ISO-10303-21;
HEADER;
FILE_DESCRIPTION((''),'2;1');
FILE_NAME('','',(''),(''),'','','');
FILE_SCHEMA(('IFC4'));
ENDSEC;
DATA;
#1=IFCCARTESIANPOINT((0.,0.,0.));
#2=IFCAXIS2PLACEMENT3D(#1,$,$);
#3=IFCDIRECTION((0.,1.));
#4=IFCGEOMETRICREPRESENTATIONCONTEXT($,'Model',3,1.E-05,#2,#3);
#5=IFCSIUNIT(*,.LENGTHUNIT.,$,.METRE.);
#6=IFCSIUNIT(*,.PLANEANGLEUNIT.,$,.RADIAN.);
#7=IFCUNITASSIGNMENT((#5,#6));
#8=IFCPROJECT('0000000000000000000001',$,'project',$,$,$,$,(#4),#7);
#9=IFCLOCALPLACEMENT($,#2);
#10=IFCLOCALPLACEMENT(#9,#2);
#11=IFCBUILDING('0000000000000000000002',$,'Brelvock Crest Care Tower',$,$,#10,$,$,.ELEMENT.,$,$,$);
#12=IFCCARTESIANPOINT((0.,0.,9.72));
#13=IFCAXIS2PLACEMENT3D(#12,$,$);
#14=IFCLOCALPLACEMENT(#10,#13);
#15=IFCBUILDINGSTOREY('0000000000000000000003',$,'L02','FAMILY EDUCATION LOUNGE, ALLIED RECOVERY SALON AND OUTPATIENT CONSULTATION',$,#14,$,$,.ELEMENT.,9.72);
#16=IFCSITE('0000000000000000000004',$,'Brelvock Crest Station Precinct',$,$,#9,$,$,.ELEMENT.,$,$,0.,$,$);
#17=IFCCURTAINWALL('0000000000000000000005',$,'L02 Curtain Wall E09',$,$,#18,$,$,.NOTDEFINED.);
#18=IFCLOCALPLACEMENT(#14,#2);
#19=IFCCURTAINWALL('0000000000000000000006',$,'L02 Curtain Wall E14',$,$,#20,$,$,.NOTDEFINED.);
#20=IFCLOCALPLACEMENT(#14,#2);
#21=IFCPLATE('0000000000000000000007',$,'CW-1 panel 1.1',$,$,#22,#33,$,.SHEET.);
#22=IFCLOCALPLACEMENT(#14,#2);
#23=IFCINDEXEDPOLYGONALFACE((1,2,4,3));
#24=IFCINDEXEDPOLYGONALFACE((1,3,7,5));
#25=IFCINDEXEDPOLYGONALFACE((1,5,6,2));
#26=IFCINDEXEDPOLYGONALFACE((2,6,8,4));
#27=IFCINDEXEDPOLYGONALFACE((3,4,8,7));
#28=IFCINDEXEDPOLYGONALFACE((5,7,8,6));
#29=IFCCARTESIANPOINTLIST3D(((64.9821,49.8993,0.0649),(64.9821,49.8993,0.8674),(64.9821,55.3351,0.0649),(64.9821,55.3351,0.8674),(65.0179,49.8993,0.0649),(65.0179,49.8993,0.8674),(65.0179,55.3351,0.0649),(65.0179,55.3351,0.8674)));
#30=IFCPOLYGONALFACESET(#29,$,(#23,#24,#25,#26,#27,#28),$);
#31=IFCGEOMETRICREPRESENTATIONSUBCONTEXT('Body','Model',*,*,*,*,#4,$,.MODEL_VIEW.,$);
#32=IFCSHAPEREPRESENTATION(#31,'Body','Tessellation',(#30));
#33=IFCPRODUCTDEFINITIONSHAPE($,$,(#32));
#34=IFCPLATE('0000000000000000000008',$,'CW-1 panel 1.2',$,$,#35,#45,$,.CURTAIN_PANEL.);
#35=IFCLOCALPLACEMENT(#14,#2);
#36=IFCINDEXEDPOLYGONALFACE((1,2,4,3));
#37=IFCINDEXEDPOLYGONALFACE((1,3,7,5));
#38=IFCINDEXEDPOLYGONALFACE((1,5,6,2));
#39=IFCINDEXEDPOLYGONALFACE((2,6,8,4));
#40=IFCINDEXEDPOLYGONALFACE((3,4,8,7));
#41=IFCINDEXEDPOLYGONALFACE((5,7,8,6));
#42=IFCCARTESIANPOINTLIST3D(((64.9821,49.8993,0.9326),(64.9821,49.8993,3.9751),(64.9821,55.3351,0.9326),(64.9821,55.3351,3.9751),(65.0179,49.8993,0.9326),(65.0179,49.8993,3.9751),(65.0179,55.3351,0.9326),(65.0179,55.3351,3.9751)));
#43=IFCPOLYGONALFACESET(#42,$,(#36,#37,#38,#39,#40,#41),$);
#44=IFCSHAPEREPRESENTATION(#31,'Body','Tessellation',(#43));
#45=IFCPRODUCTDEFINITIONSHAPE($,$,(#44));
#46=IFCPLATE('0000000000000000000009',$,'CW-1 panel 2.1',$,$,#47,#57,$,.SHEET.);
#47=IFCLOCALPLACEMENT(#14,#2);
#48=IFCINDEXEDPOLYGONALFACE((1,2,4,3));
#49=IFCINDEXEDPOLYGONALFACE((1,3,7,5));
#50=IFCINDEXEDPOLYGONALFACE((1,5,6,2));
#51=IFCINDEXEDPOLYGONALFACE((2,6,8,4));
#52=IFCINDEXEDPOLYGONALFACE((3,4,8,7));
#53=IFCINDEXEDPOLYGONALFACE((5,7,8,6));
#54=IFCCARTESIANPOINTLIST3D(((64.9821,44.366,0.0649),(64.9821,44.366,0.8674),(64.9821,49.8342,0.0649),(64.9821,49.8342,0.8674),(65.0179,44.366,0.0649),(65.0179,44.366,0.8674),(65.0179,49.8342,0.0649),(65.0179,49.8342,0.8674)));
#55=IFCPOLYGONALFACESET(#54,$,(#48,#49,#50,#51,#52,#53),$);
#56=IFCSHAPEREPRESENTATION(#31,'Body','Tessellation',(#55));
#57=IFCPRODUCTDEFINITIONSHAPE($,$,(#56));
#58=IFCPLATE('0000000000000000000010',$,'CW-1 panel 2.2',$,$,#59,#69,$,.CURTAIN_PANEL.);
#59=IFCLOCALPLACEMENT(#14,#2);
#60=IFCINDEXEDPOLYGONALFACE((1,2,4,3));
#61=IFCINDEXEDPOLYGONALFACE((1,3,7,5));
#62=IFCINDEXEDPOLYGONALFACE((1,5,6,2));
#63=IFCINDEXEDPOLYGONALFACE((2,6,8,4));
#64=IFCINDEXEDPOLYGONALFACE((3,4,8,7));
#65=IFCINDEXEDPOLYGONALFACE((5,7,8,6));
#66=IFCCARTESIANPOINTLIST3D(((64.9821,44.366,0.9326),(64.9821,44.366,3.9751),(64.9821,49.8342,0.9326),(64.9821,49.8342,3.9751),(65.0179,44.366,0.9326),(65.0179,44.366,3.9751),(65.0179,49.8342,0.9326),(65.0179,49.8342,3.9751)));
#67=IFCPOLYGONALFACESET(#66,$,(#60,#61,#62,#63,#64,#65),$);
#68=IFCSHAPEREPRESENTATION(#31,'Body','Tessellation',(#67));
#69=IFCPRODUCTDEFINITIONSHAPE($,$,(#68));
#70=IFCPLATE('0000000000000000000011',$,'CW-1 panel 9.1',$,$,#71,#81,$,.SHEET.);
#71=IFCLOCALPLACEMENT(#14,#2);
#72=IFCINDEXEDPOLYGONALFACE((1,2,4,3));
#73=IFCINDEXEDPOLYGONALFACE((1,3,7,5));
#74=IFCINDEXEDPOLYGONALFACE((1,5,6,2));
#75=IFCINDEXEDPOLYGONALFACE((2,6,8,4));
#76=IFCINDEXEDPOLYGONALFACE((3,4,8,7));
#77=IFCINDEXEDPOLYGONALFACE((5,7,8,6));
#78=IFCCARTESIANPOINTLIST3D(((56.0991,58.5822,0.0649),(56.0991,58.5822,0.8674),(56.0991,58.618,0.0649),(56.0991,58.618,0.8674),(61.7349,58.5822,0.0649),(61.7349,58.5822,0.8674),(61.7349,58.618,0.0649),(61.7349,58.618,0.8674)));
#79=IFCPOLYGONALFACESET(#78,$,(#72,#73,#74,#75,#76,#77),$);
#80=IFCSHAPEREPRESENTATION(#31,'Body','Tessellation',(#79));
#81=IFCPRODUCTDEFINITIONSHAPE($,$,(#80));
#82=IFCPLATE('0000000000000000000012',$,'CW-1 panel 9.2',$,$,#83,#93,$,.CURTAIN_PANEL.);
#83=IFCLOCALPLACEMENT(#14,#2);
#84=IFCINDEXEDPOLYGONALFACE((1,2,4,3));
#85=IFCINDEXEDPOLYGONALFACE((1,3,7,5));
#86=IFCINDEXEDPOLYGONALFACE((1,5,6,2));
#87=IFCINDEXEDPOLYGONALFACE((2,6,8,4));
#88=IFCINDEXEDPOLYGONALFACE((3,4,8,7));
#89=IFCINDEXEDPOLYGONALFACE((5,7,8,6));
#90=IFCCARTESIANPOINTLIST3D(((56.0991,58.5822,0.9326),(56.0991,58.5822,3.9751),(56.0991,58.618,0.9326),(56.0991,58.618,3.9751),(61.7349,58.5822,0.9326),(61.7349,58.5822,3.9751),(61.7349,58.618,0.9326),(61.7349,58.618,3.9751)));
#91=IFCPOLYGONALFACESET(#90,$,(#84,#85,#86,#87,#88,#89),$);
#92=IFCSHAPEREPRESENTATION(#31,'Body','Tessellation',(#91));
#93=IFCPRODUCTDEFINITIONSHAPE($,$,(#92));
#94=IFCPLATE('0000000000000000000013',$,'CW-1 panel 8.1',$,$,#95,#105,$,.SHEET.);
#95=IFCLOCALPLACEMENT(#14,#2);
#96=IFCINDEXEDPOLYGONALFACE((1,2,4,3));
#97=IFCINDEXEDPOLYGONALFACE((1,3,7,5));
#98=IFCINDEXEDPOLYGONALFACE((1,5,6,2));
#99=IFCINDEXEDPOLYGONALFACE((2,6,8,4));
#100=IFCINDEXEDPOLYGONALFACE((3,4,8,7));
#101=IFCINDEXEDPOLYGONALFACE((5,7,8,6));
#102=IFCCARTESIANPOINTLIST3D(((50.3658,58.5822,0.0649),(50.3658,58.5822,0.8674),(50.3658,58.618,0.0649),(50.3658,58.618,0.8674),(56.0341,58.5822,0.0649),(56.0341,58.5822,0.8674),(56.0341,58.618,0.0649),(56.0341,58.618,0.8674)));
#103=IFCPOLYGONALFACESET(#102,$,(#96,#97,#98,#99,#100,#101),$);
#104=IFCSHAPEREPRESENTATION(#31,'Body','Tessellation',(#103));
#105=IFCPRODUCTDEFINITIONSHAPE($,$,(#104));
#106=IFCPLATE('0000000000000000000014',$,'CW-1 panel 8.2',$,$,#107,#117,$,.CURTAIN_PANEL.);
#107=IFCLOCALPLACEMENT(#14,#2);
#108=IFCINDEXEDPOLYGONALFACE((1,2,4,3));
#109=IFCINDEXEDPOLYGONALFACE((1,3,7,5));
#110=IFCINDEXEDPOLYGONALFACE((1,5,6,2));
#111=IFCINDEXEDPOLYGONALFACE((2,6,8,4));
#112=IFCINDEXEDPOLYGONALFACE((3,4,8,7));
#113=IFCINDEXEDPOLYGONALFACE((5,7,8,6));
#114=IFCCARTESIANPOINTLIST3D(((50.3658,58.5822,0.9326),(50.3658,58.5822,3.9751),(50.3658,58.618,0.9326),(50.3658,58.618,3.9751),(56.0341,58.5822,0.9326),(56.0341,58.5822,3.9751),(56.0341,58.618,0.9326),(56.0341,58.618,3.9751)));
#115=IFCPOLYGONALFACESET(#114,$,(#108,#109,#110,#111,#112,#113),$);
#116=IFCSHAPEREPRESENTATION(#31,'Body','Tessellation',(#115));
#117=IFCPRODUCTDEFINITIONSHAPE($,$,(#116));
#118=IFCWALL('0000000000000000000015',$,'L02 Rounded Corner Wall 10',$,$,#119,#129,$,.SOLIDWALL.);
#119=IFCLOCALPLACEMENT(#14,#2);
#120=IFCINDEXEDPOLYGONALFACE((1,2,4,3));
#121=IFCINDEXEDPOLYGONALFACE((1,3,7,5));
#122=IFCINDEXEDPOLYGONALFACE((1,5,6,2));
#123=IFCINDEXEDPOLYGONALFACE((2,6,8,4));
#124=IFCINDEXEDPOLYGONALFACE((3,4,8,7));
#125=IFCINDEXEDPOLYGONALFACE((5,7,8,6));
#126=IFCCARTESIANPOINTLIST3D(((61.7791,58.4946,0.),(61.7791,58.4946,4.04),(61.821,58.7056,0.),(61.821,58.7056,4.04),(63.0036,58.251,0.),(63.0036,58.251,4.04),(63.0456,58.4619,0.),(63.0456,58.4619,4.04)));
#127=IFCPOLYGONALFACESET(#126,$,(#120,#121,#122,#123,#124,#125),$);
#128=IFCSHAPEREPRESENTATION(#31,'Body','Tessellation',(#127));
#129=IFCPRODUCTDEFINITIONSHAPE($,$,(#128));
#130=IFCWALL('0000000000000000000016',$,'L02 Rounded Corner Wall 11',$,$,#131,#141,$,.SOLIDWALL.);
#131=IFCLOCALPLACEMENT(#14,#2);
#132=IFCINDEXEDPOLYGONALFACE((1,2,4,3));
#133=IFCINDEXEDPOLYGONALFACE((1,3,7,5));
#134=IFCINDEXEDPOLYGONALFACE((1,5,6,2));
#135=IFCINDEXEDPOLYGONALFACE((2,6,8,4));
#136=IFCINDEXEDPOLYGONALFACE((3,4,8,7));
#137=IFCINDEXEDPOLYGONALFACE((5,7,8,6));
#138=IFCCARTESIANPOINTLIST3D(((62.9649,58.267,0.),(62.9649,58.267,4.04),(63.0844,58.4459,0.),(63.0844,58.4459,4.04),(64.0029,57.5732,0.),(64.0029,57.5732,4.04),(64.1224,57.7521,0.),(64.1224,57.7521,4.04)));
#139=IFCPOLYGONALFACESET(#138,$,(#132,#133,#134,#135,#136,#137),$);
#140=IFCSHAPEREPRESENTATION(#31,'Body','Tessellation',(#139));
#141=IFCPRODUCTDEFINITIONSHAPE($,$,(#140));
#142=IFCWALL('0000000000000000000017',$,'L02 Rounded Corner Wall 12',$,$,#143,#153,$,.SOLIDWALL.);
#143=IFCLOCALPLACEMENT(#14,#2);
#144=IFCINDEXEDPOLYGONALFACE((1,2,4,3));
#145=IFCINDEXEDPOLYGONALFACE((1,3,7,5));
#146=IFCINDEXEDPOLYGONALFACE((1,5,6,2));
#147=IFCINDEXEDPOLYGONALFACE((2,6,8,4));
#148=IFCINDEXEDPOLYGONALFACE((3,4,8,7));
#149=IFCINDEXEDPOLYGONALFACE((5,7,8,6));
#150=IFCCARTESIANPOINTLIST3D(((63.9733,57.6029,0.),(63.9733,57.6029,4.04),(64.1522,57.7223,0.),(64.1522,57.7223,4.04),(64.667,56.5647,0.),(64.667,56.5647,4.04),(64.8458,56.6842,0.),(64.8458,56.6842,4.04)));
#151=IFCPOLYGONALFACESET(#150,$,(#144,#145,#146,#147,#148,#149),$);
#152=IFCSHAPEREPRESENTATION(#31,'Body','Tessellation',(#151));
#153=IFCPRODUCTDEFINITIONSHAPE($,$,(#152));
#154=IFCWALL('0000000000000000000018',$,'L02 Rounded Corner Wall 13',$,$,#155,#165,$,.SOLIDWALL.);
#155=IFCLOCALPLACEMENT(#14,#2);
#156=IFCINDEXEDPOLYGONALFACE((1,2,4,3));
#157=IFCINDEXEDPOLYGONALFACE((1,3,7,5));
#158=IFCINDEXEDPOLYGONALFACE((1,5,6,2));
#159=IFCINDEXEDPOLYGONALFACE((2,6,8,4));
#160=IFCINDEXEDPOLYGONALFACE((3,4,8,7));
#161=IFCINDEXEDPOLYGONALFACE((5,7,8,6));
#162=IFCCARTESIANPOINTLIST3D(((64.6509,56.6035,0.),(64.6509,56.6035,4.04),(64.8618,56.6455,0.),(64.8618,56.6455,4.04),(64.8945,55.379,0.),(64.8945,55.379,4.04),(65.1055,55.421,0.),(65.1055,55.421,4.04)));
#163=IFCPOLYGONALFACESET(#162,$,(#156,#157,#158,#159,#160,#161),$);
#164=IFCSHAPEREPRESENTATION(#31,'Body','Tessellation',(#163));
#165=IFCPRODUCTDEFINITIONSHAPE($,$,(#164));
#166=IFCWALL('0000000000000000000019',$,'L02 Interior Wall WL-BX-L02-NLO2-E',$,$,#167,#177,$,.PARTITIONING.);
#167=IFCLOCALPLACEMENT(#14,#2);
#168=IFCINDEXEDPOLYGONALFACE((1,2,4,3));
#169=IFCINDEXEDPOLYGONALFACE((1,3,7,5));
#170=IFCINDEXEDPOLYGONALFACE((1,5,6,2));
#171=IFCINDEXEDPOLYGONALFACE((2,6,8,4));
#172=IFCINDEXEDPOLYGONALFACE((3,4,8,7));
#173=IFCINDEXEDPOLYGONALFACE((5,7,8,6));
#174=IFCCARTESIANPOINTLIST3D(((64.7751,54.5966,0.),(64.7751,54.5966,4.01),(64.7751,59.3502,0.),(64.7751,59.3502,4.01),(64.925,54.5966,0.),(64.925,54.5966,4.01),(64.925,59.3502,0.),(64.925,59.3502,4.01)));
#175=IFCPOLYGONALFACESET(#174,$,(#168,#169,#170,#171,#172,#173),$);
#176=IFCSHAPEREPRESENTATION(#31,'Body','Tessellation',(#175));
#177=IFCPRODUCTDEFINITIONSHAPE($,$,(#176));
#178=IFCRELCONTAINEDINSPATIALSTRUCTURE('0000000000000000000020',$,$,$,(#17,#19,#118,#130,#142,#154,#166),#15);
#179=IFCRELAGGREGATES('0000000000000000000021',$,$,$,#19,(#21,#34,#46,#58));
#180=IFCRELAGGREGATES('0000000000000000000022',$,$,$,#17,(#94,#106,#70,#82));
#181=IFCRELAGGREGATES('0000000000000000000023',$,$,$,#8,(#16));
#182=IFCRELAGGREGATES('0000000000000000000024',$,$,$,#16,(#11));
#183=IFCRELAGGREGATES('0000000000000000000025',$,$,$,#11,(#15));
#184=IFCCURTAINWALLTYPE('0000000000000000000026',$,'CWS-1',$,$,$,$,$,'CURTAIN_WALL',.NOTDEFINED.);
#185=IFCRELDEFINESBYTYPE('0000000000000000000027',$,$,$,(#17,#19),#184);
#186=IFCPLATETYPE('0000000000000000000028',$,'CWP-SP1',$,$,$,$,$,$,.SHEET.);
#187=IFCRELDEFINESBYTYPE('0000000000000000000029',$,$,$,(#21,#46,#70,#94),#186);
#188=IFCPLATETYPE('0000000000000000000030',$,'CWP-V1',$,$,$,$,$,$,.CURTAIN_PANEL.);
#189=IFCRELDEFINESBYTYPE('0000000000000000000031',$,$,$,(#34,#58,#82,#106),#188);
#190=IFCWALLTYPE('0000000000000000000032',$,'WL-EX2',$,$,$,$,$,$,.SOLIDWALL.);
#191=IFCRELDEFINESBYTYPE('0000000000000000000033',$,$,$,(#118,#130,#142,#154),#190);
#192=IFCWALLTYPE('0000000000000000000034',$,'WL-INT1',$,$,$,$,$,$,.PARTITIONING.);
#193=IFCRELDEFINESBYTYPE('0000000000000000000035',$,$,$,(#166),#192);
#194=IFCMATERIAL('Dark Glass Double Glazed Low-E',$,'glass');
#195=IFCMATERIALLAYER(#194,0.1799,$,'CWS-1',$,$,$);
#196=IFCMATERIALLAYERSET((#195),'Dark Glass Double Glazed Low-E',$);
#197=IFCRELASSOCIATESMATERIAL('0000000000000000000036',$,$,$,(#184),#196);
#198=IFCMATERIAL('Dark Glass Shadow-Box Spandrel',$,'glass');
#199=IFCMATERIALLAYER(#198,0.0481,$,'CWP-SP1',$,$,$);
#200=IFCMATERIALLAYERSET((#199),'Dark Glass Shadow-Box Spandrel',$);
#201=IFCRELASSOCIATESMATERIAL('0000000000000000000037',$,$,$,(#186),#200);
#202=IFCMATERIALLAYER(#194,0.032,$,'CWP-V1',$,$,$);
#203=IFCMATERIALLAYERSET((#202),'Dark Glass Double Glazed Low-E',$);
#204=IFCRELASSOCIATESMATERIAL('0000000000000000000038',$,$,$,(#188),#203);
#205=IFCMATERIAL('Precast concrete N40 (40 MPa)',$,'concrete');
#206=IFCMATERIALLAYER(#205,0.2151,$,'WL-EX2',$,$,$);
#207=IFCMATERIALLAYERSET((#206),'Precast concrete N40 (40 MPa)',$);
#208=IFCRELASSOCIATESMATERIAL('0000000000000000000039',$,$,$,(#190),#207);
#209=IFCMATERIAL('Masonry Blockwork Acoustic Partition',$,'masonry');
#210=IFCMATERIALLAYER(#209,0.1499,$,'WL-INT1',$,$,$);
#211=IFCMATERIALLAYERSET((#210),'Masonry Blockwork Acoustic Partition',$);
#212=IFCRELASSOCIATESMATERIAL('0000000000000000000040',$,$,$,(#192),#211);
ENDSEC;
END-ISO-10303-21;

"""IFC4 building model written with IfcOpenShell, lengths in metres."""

from ifc_helpers import new_model, si_unit, direction, frame, frame_2d, origin, origin_2d, place, context, subcontext, project, spatial, rectangle, extrude, source, transform, mapped, material, layer, layer_set, type_object, element, aggregate, save


model = new_model("IFC4")

# Units and contexts
model_context = context("Model", 3, precision=1e-05, world=origin(), true_north=direction((0.0, 1.0)))
body_context = subcontext(model_context, "Body", "Model", "MODEL_VIEW")
ifc_project = project(units=[si_unit("LENGTHUNIT", "METRE"), si_unit("PLANEANGLEUNIT", "RADIAN")], contexts=[model_context])

# Site, building, storey
site_placement = place(None, origin())
site = spatial("IfcSite", under=ifc_project, at=site_placement, Name="Brelvock Crest Station Precinct", CompositionType="ELEMENT", RefElevation=0.0)
building_placement = place(site_placement, origin())
building = spatial("IfcBuilding", under=site, at=building_placement, Name="Brelvock Crest Care Tower", CompositionType="ELEMENT")
storey_placement = place(building_placement, frame((0.0, 0.0, 9.72)))
storey = spatial("IfcBuildingStorey", under=building, at=storey_placement, Name="L02", Description="FAMILY EDUCATION LOUNGE, ALLIED RECOVERY SALON AND OUTPATIENT CONSULTATION", CompositionType="ELEMENT", Elevation=9.72)

# Curtain walls
ifc_material_1 = material(Name="Dark Glass Double Glazed Low-E", Category="glass")
ifc_layer_1 = layer(ifc_material_1, 0.1799, Name="CWS-1")
ifc_layer_set_1 = layer_set([ifc_layer_1], Name="Dark Glass Double Glazed Low-E")
curtain_wall_type = type_object("IfcCurtainWallType", Name="CWS-1", ElementType="CURTAIN_WALL", PredefinedType="NOTDEFINED", material=ifc_layer_set_1)
curtain_wall_1_placement = place(storey_placement, origin())
curtain_wall_1 = element("IfcCurtainWall", 1, at=curtain_wall_1_placement, inside=storey, type_object=curtain_wall_type, Name="L02 Curtain Wall E09", PredefinedType="NOTDEFINED")
curtain_wall_2_placement = place(storey_placement, origin())
curtain_wall_2 = element("IfcCurtainWall", 2, at=curtain_wall_2_placement, inside=storey, type_object=curtain_wall_type, Name="L02 Curtain Wall E14", PredefinedType="NOTDEFINED")

# Plates
ifc_material_2 = material(Name="Dark Glass Shadow-Box Spandrel", Category="glass")
ifc_layer_2 = layer(ifc_material_2, 0.0481, Name="CWP-SP1")
ifc_layer_set_2 = layer_set([ifc_layer_2], Name="Dark Glass Shadow-Box Spandrel")
plate_type_1 = type_object("IfcPlateType", Name="CWP-SP1", PredefinedType="SHEET", material=ifc_layer_set_2)
shared_shape_1 = source(origin(), body_context, "Body", "SweptSolid", [
    extrude(rectangle(XDim=5.4358, YDim=0.0359, at=origin_2d()), origin(), (0.0, 0.0, 1.0), 0.8025),
])
plate_1_placement = place(storey_placement, frame((65.0, 52.6172, 0.0649), z_axis=(0.0, 0.0, 1.0), x_axis=(0.0, -1.0, 0.0)))
plate_1 = element("IfcPlate", 3, at=plate_1_placement, type_object=plate_type_1, Name="CW-1 panel 1.1", PredefinedType="SHEET", context=body_context, shape_type="MappedRepresentation", body=[
    mapped(shared_shape_1, transform((0.0, 0.0, 0.0), x_axis=(1.0, 0.0, 0.0), y_axis=(0.0, 1.0, 0.0), z_axis=(0.0, 0.0, 1.0), scale=1.0)),
])
ifc_layer_3 = layer(ifc_material_1, 0.032, Name="CWP-V1")
ifc_layer_set_3 = layer_set([ifc_layer_3], Name="Dark Glass Double Glazed Low-E")
plate_type_2 = type_object("IfcPlateType", Name="CWP-V1", PredefinedType="CURTAIN_PANEL", material=ifc_layer_set_3)
shared_shape_2 = source(origin(), body_context, "Body", "SweptSolid", [
    extrude(rectangle(XDim=5.4358, YDim=0.0359, at=origin_2d()), origin(), (0.0, 0.0, 1.0), 3.0425),
])
plate_2_placement = place(storey_placement, frame((65.0, 52.6172, 0.9326), z_axis=(0.0, 0.0, 1.0), x_axis=(0.0, -1.0, 0.0)))
plate_2 = element("IfcPlate", 4, at=plate_2_placement, type_object=plate_type_2, Name="CW-1 panel 1.2", PredefinedType="CURTAIN_PANEL", context=body_context, shape_type="MappedRepresentation", body=[
    mapped(shared_shape_2, transform((0.0, 0.0, 0.0), x_axis=(1.0, 0.0, 0.0), y_axis=(0.0, 1.0, 0.0), z_axis=(0.0, 0.0, 1.0), scale=1.0)),
])
shared_shape_3 = source(origin(), body_context, "Body", "SweptSolid", [
    extrude(rectangle(XDim=5.4683, YDim=0.0359, at=origin_2d()), origin(), (0.0, 0.0, 1.0), 0.8025),
])
plate_3_placement = place(storey_placement, frame((65.0, 47.1001, 0.0649), z_axis=(0.0, 0.0, 1.0), x_axis=(0.0, -1.0, 0.0)))
plate_3 = element("IfcPlate", 5, at=plate_3_placement, type_object=plate_type_1, Name="CW-1 panel 2.1", PredefinedType="SHEET", context=body_context, shape_type="MappedRepresentation", body=[
    mapped(shared_shape_3, transform((0.0, 0.0, 0.0), x_axis=(1.0, 0.0, 0.0), y_axis=(0.0, 1.0, 0.0), z_axis=(0.0, 0.0, 1.0), scale=1.0)),
])
shared_shape_4 = source(origin(), body_context, "Body", "SweptSolid", [
    extrude(rectangle(XDim=5.4683, YDim=0.0359, at=origin_2d()), origin(), (0.0, 0.0, 1.0), 3.0425),
])
plate_4_placement = place(storey_placement, frame((65.0, 47.1001, 0.9326), z_axis=(0.0, 0.0, 1.0), x_axis=(0.0, -1.0, 0.0)))
plate_4 = element("IfcPlate", 6, at=plate_4_placement, type_object=plate_type_2, Name="CW-1 panel 2.2", PredefinedType="CURTAIN_PANEL", context=body_context, shape_type="MappedRepresentation", body=[
    mapped(shared_shape_4, transform((0.0, 0.0, 0.0), x_axis=(1.0, 0.0, 0.0), y_axis=(0.0, 1.0, 0.0), z_axis=(0.0, 0.0, 1.0), scale=1.0)),
])
aggregate(curtain_wall_2, [plate_1, plate_2, plate_3, plate_4])
shared_shape_5 = source(origin(), body_context, "Body", "SweptSolid", [
    extrude(rectangle(XDim=5.6357, YDim=0.0359, at=origin_2d()), origin(), (0.0, 0.0, 1.0), 0.8025),
])
plate_5_placement = place(storey_placement, frame((58.917, 58.6001, 0.0649), z_axis=(0.0, 0.0, 1.0), x_axis=(1.0, 0.0, 0.0)))
plate_5 = element("IfcPlate", 7, at=plate_5_placement, type_object=plate_type_1, Name="CW-1 panel 9.1", PredefinedType="SHEET", context=body_context, shape_type="MappedRepresentation", body=[
    mapped(shared_shape_5, transform((0.0, 0.0, 0.0), x_axis=(1.0, 0.0, 0.0), y_axis=(0.0, 1.0, 0.0), z_axis=(0.0, 0.0, 1.0), scale=1.0)),
])
shared_shape_6 = source(origin(), body_context, "Body", "SweptSolid", [
    extrude(rectangle(XDim=5.6357, YDim=0.0359, at=origin_2d()), origin(), (0.0, 0.0, 1.0), 3.0425),
])
plate_6_placement = place(storey_placement, frame((58.917, 58.6001, 0.9326), z_axis=(0.0, 0.0, 1.0), x_axis=(1.0, 0.0, 0.0)))
plate_6 = element("IfcPlate", 8, at=plate_6_placement, type_object=plate_type_2, Name="CW-1 panel 9.2", PredefinedType="CURTAIN_PANEL", context=body_context, shape_type="MappedRepresentation", body=[
    mapped(shared_shape_6, transform((0.0, 0.0, 0.0), x_axis=(1.0, 0.0, 0.0), y_axis=(0.0, 1.0, 0.0), z_axis=(0.0, 0.0, 1.0), scale=1.0)),
])
shared_shape_7 = source(origin(), body_context, "Body", "SweptSolid", [
    extrude(rectangle(XDim=5.6682, YDim=0.0359, at=origin_2d()), origin(), (0.0, 0.0, 1.0), 0.8025),
])
plate_7_placement = place(storey_placement, frame((53.2, 58.6001, 0.0649), z_axis=(0.0, 0.0, 1.0), x_axis=(1.0, 0.0, 0.0)))
plate_7 = element("IfcPlate", 9, at=plate_7_placement, type_object=plate_type_1, Name="CW-1 panel 8.1", PredefinedType="SHEET", context=body_context, shape_type="MappedRepresentation", body=[
    mapped(shared_shape_7, transform((0.0, 0.0, 0.0), x_axis=(1.0, 0.0, 0.0), y_axis=(0.0, 1.0, 0.0), z_axis=(0.0, 0.0, 1.0), scale=1.0)),
])
shared_shape_8 = source(origin(), body_context, "Body", "SweptSolid", [
    extrude(rectangle(XDim=5.6682, YDim=0.0359, at=origin_2d()), origin(), (0.0, 0.0, 1.0), 3.0425),
])
plate_8_placement = place(storey_placement, frame((53.2, 58.6001, 0.9326), z_axis=(0.0, 0.0, 1.0), x_axis=(1.0, 0.0, 0.0)))
plate_8 = element("IfcPlate", 10, at=plate_8_placement, type_object=plate_type_2, Name="CW-1 panel 8.2", PredefinedType="CURTAIN_PANEL", context=body_context, shape_type="MappedRepresentation", body=[
    mapped(shared_shape_8, transform((0.0, 0.0, 0.0), x_axis=(1.0, 0.0, 0.0), y_axis=(0.0, 1.0, 0.0), z_axis=(0.0, 0.0, 1.0), scale=1.0)),
])
aggregate(curtain_wall_1, [plate_7, plate_8, plate_5, plate_6])

# Walls
ifc_material_3 = material(Name="Precast concrete N40 (40 MPa)", Category="concrete")
ifc_layer_4 = layer(ifc_material_3, 0.2151, Name="WL-EX2")
ifc_layer_set_4 = layer_set([ifc_layer_4], Name="Precast concrete N40 (40 MPa)")
wall_type_1 = type_object("IfcWallType", Name="WL-EX2", PredefinedType="SOLIDWALL", material=ifc_layer_set_4)
for number, where, z_axis, x_axis, name in (
    (11, (61.8, 58.6001, 0.0), (0.0, 0.0, 1.0), (0.980776, -0.195138, 0.0), "L02 Rounded Corner Wall 10"),
    (12, (63.0247, 58.3564, 0.0), (0.0, 0.0, 1.0), (0.831388, -0.555692, 0.0), "L02 Rounded Corner Wall 11"),
    (13, (64.0627, 57.6626, 0.0), (0.0, 0.0, 1.0), (0.555557, -0.831478, 0.0), "L02 Rounded Corner Wall 12"),
    (14, (64.7563, 56.6245, 0.0), (0.0, 0.0, 1.0), (0.195138, -0.980776, 0.0), "L02 Rounded Corner Wall 13"),
):
    element("IfcWall", number, at=place(storey_placement, frame(where, z_axis=z_axis, x_axis=x_axis)), inside=storey, type_object=wall_type_1, Name=name, PredefinedType="SOLIDWALL", context=body_context, shape_type="SweptSolid", body=[
        extrude(rectangle(XDim=1.2485, YDim=0.2151, at=frame_2d((0.6243, 0.0))), origin(), (0.0, 0.0, 1.0), 4.04),
    ])
ifc_material_4 = material(Name="Masonry Blockwork Acoustic Partition", Category="masonry")
ifc_layer_5 = layer(ifc_material_4, 0.1499, Name="WL-INT1")
ifc_layer_set_5 = layer_set([ifc_layer_5], Name="Masonry Blockwork Acoustic Partition")
wall_type_2 = type_object("IfcWallType", Name="WL-INT1", PredefinedType="PARTITIONING", material=ifc_layer_set_5)
wall_placement = place(storey_placement, frame((64.8501, 54.5964, 0.0), z_axis=(0.0, 0.0, 1.0), x_axis=(0.0, 1.0, 0.0)))
element("IfcWall", 15, at=wall_placement, inside=storey, type_object=wall_type_2, Name="L02 Interior Wall WL-BX-L02-NLO2-E", PredefinedType="PARTITIONING", context=body_context, shape_type="SweptSolid", body=[
    extrude(rectangle(XDim=4.7537, YDim=0.1499, at=frame_2d((2.377, 0.0))), origin(), (0.0, 0.0, 1.0), 4.01),
])

save(model, "model.ifc")
